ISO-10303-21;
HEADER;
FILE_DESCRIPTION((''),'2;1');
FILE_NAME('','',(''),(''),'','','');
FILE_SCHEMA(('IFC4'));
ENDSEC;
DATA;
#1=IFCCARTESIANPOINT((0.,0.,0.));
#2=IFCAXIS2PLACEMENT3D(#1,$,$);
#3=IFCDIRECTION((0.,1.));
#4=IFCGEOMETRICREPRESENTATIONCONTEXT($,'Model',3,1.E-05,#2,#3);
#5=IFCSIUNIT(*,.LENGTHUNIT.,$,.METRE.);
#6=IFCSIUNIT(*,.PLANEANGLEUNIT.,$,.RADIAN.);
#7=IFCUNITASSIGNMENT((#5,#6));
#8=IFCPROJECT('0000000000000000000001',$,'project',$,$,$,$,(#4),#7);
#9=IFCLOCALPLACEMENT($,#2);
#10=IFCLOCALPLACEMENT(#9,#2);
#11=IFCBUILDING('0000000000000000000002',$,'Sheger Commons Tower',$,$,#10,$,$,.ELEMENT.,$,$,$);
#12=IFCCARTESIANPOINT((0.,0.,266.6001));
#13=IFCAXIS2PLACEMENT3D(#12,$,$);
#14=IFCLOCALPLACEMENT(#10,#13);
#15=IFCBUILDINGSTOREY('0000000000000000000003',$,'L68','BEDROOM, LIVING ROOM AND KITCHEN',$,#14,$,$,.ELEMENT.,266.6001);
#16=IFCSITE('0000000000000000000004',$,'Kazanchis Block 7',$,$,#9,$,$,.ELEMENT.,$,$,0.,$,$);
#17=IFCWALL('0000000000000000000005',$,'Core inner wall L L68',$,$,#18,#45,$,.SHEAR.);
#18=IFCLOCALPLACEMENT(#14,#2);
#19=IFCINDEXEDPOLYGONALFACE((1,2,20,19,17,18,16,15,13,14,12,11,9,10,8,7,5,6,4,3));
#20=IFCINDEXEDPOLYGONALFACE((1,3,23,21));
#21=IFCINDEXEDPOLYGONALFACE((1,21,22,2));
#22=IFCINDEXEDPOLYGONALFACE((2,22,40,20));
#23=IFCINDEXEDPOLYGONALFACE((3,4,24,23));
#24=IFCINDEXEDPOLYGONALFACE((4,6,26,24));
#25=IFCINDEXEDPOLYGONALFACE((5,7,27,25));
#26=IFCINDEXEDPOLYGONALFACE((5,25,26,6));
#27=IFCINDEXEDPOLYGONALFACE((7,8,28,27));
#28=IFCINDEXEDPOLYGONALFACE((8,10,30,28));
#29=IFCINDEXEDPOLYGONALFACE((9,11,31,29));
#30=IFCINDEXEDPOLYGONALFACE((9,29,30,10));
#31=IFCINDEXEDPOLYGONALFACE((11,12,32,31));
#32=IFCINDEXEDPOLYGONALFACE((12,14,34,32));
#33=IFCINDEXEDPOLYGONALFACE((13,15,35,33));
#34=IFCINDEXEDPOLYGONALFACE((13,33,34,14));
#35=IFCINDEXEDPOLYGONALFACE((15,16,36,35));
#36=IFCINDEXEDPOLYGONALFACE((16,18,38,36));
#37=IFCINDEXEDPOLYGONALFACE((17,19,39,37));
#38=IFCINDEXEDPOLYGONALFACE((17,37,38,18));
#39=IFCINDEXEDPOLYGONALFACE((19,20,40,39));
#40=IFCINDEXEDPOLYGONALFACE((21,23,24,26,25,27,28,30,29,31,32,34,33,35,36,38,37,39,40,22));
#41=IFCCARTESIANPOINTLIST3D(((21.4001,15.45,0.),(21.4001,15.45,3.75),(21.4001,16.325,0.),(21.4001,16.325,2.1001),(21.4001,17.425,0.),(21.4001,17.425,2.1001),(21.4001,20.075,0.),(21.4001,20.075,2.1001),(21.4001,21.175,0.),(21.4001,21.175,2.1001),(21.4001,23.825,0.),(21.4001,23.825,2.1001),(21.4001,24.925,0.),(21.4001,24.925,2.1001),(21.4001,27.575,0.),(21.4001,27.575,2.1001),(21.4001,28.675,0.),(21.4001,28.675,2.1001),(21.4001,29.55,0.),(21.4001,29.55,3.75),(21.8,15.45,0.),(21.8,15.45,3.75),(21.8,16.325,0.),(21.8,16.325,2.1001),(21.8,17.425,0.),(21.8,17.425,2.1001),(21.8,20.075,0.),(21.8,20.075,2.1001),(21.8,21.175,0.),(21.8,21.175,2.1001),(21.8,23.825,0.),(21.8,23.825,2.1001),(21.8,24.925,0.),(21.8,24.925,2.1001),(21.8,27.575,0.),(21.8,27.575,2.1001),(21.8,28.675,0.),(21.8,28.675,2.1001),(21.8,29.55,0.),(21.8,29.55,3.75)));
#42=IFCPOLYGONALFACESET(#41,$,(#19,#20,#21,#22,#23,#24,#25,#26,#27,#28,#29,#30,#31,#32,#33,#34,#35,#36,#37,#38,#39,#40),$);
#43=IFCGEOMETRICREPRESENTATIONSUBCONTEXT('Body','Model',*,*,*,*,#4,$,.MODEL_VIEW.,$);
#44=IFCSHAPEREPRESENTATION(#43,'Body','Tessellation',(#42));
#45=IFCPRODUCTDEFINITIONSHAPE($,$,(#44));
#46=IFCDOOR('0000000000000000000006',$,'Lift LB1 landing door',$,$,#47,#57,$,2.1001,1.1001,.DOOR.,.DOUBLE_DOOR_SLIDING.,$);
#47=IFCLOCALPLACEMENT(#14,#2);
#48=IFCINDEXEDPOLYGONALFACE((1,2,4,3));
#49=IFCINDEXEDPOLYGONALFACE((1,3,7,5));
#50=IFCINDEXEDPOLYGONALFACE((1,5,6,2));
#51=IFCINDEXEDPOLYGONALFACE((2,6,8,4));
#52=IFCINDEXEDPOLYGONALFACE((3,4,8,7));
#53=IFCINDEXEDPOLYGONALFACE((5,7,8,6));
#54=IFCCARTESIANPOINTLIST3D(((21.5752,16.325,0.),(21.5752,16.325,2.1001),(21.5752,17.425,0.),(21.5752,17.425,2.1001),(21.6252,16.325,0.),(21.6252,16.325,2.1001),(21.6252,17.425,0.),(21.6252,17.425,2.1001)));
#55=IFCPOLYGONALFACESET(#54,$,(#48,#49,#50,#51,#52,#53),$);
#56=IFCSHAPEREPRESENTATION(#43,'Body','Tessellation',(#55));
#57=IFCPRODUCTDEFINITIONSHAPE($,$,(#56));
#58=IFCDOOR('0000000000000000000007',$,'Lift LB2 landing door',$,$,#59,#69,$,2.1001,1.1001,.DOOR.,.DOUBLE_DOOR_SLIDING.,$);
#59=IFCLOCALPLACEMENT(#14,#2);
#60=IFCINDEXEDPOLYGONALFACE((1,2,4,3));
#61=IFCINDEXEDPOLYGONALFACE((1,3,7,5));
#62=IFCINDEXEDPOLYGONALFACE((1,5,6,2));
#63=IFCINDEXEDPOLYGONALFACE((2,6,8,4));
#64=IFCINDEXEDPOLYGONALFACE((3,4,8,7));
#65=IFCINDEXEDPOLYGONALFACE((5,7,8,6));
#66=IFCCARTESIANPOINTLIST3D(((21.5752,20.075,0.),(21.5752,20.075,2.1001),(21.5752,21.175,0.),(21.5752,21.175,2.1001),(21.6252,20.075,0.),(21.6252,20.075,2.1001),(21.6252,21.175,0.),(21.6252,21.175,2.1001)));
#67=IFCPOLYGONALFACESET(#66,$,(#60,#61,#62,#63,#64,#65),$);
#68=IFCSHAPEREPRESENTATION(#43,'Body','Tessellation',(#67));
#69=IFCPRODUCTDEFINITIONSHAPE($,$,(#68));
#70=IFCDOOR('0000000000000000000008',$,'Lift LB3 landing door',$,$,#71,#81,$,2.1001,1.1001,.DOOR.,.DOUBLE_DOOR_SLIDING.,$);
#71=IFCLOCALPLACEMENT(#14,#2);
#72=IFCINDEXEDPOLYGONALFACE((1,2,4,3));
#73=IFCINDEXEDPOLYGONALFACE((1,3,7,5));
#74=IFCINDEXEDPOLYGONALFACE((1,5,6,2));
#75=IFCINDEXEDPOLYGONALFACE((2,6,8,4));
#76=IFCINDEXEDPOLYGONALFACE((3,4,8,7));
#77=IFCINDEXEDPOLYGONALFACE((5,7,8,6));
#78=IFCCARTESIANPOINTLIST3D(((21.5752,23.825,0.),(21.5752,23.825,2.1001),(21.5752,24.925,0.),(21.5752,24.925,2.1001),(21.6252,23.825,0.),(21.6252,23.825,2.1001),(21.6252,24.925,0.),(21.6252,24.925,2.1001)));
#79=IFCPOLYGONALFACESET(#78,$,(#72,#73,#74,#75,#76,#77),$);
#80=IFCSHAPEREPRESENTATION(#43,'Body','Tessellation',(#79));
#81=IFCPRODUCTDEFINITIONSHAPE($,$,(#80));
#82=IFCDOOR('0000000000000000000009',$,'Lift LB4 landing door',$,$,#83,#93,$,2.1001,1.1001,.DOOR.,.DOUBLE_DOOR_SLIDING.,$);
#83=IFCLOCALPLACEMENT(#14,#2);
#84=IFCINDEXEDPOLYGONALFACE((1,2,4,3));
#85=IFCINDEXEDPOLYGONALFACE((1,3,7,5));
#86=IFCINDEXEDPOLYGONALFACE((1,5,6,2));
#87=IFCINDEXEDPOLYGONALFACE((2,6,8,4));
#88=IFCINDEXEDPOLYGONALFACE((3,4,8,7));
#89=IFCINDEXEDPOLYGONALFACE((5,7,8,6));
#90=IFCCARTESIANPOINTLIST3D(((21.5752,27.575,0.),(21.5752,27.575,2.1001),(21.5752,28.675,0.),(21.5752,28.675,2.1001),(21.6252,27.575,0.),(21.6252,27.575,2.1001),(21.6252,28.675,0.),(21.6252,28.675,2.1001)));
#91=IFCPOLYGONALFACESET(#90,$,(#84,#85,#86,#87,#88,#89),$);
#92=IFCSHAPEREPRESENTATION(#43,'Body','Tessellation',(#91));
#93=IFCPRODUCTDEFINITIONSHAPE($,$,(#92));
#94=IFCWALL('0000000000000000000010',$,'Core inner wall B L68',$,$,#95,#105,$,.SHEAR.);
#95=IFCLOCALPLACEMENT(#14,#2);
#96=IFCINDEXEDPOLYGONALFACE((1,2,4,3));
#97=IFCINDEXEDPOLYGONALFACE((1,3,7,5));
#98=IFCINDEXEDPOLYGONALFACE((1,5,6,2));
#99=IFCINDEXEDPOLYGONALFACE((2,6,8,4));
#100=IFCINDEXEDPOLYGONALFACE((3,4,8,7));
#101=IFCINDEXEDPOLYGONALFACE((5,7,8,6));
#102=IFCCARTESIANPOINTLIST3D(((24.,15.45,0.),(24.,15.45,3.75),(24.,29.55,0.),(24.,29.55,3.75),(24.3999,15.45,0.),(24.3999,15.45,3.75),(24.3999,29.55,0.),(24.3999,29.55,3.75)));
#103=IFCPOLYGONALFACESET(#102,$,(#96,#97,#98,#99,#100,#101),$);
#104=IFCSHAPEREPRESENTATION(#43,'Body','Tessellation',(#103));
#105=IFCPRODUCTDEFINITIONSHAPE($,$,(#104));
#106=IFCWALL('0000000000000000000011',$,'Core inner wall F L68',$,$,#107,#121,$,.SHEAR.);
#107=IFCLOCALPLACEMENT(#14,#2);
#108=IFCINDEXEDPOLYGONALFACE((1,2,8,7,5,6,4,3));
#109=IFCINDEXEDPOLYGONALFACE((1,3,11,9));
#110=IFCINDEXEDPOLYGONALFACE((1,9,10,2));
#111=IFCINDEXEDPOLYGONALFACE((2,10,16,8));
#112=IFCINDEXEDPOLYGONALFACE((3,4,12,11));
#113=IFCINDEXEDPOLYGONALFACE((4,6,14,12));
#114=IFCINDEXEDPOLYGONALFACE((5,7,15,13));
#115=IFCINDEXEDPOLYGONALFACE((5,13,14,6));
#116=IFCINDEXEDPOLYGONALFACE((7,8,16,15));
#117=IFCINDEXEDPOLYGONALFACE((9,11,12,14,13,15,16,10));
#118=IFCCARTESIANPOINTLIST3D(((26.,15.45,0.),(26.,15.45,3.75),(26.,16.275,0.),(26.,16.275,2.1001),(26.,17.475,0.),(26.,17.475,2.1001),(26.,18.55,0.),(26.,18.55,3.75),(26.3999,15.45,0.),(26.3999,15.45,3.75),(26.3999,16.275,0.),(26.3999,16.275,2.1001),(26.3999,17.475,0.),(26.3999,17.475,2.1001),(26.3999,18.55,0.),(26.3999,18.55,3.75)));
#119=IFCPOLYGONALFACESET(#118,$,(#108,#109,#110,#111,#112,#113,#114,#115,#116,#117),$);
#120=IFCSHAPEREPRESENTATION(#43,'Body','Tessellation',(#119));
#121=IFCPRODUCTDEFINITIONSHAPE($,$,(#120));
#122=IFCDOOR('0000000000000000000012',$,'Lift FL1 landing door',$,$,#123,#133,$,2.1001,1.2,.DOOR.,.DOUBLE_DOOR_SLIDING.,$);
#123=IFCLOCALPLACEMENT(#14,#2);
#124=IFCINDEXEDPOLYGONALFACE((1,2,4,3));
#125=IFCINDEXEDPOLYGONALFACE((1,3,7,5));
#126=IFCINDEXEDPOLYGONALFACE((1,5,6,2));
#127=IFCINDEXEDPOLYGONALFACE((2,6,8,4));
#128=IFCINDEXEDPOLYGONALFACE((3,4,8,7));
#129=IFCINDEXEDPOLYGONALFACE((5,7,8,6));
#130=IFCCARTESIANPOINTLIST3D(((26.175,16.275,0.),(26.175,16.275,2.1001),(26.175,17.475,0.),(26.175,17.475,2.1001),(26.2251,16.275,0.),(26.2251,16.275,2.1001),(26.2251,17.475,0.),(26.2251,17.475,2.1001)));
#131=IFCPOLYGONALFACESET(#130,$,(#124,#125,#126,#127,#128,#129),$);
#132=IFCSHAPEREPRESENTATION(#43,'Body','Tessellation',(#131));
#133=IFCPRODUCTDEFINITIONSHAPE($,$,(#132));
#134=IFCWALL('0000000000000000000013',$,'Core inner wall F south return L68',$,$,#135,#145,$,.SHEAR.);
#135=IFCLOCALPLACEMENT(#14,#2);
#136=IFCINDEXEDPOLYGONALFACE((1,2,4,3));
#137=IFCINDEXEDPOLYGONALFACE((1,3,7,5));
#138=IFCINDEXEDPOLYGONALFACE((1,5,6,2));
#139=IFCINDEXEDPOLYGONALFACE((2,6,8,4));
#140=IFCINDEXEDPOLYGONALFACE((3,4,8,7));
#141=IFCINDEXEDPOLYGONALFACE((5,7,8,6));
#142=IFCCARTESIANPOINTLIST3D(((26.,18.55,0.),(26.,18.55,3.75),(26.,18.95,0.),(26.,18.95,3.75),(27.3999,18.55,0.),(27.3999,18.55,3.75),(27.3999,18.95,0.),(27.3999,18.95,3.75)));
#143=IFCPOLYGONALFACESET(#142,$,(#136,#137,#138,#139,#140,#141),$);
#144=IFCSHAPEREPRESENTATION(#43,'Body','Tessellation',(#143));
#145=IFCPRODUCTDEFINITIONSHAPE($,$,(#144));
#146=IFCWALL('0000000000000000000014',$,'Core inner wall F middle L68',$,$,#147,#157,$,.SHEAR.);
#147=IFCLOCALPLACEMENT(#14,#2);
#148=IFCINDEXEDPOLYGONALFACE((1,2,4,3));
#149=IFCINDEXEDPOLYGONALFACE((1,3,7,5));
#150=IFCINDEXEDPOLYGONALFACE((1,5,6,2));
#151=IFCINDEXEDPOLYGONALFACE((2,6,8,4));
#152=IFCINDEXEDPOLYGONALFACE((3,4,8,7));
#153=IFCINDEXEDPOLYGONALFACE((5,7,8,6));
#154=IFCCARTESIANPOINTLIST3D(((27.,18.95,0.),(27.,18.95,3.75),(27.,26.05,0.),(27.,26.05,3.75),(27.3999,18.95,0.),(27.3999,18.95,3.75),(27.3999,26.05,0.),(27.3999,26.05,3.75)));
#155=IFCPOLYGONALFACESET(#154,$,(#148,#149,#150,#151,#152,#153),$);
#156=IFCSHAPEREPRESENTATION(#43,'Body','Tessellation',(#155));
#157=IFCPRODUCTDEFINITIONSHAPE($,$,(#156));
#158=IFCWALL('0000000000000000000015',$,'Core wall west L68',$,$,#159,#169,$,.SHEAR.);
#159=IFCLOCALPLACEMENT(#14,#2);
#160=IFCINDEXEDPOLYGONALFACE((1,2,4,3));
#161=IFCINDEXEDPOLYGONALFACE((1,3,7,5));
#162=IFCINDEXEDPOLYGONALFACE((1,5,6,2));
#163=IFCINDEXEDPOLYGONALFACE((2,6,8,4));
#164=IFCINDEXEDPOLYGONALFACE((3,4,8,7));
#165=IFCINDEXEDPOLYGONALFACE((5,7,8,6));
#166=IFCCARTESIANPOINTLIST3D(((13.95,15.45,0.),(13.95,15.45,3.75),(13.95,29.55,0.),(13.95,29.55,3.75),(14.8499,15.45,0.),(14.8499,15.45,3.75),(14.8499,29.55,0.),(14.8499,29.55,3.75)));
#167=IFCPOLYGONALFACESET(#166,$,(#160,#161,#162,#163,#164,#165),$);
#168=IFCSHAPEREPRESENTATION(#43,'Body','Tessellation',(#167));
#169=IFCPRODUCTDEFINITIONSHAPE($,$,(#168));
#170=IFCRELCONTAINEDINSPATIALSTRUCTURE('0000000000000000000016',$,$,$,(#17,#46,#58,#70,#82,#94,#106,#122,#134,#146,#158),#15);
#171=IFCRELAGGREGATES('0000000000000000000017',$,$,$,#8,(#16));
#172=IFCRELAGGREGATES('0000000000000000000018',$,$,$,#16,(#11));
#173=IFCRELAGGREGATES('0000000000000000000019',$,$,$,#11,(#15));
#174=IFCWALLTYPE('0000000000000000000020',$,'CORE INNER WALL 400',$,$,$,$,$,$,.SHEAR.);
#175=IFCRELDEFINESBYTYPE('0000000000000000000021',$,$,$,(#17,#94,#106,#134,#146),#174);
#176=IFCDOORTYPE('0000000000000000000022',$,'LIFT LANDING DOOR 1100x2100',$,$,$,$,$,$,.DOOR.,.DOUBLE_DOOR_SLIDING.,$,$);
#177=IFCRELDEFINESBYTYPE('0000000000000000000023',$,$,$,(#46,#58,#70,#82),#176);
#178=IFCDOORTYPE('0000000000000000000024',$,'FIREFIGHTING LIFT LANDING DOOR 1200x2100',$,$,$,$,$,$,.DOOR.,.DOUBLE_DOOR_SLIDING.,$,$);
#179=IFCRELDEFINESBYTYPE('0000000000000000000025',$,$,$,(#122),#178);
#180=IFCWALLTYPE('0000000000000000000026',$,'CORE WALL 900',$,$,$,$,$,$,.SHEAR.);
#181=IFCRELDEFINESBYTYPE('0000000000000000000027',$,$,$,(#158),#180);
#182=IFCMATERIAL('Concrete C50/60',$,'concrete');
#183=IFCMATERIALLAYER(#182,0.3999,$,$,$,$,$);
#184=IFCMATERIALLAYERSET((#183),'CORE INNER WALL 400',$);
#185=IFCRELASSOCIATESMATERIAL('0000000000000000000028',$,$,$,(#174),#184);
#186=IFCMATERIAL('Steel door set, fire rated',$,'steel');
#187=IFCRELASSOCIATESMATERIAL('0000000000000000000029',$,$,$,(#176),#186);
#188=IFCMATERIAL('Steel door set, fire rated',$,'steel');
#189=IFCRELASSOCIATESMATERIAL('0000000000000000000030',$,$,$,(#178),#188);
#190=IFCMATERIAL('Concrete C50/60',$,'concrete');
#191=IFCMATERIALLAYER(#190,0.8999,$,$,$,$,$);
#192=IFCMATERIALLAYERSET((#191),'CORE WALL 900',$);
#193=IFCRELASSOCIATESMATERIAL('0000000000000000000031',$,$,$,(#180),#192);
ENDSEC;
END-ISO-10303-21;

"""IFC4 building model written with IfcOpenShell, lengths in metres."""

from ifc_helpers import new_model, si_unit, direction, frame, frame_2d, origin, place, context, subcontext, project, spatial, rectangle, extrude, material, layer, layer_set, type_object, element, fill, save


model = new_model("IFC4")

# Units and contexts
model_context = context("Model", 3, precision=1e-05, world=origin(), true_north=direction((0.0, 1.0)))
body_context = subcontext(model_context, "Body", "Model", "MODEL_VIEW")
ifc_project = project(units=[si_unit("LENGTHUNIT", "METRE"), si_unit("PLANEANGLEUNIT", "RADIAN")], contexts=[model_context])

# Site, building, storey
site_placement = place(None, origin())
site = spatial("IfcSite", under=ifc_project, at=site_placement, Name="Kazanchis Block 7", CompositionType="ELEMENT", RefElevation=0.0)
building_placement = place(site_placement, origin())
building = spatial("IfcBuilding", under=site, at=building_placement, Name="Sheger Commons Tower", CompositionType="ELEMENT")
storey_placement = place(building_placement, frame((0.0, 0.0, 266.6001)))
storey = spatial("IfcBuildingStorey", under=building, at=storey_placement, Name="L68", Description="BEDROOM, LIVING ROOM AND KITCHEN", CompositionType="ELEMENT", Elevation=266.6001)

# Wall, openings, doors
ifc_material_1 = material(Name="Concrete C50/60", Category="concrete")
ifc_layer_1 = layer(ifc_material_1, 0.3999)
ifc_layer_set_1 = layer_set([ifc_layer_1], Name="CORE INNER WALL 400")
wall_type_1 = type_object("IfcWallType", Name="CORE INNER WALL 400", PredefinedType="SHEAR", material=ifc_layer_set_1)
wall_1_placement = place(storey_placement, frame((21.6001, 15.45, 0.0), z_axis=(0.0, 0.0, 1.0), x_axis=(0.0, 1.0, 0.0)))
wall_1 = element("IfcWall", 1, at=wall_1_placement, inside=storey, type_object=wall_type_1, Name="Core inner wall L L68", PredefinedType="SHEAR", context=body_context, shape_type="SweptSolid", body=[
    extrude(rectangle(XDim=14.1001, YDim=0.3999, at=frame_2d((7.05, 0.0))), origin(), (0.0, 0.0, 1.0), 3.75),
])
opening_1_placement = place(wall_1_placement, frame((0.875, 0.0, 0.0)))
opening_1 = element("IfcOpeningElement", 2, at=opening_1_placement, cuts=wall_1, PredefinedType="OPENING", context=body_context, shape_type="SweptSolid", body=[
    extrude(rectangle(XDim=1.1001, YDim=2.1001, at=frame_2d((0.55, 1.05))), frame((0.0, 0.21, 0.0), z_axis=(0.0, -1.0, 0.0), x_axis=(1.0, 0.0, 0.0)), (0.0, 0.0, 1.0), 0.4199),
])
opening_2_placement = place(wall_1_placement, frame((4.625, 0.0, 0.0)))
opening_2 = element("IfcOpeningElement", 3, at=opening_2_placement, cuts=wall_1, PredefinedType="OPENING", context=body_context, shape_type="SweptSolid", body=[
    extrude(rectangle(XDim=1.1001, YDim=2.1001, at=frame_2d((0.55, 1.05))), frame((0.0, 0.21, 0.0), z_axis=(0.0, -1.0, 0.0), x_axis=(1.0, 0.0, 0.0)), (0.0, 0.0, 1.0), 0.4199),
])
opening_3_placement = place(wall_1_placement, frame((8.375, 0.0, 0.0)))
opening_3 = element("IfcOpeningElement", 4, at=opening_3_placement, cuts=wall_1, PredefinedType="OPENING", context=body_context, shape_type="SweptSolid", body=[
    extrude(rectangle(XDim=1.1001, YDim=2.1001, at=frame_2d((0.55, 1.05))), frame((0.0, 0.21, 0.0), z_axis=(0.0, -1.0, 0.0), x_axis=(1.0, 0.0, 0.0)), (0.0, 0.0, 1.0), 0.4199),
])
opening_4_placement = place(wall_1_placement, frame((12.125, 0.0, 0.0)))
opening_4 = element("IfcOpeningElement", 5, at=opening_4_placement, cuts=wall_1, PredefinedType="OPENING", context=body_context, shape_type="SweptSolid", body=[
    extrude(rectangle(XDim=1.1001, YDim=2.1001, at=frame_2d((0.55, 1.05))), frame((0.0, 0.21, 0.0), z_axis=(0.0, -1.0, 0.0), x_axis=(1.0, 0.0, 0.0)), (0.0, 0.0, 1.0), 0.4199),
])
ifc_material_2 = material(Name="Steel door set, fire rated", Category="steel")
door_type_1 = type_object("IfcDoorType", Name="LIFT LANDING DOOR 1100x2100", OperationType="DOUBLE_DOOR_SLIDING", PredefinedType="DOOR", material=ifc_material_2)
door_1_placement = place(opening_1_placement, origin())
door_1 = element("IfcDoor", 6, at=door_1_placement, inside=storey, type_object=door_type_1, Name="Lift LB1 landing door", OperationType="DOUBLE_DOOR_SLIDING", OverallHeight=2.1001, OverallWidth=1.1001, PredefinedType="DOOR", context=body_context, shape_type="SweptSolid", body=[
    extrude(rectangle(XDim=1.1001, YDim=2.1001, at=frame_2d((0.55, 1.05))), frame((0.0, 0.0249, 0.0), z_axis=(0.0, -1.0, 0.0), x_axis=(1.0, 0.0, 0.0)), (0.0, 0.0, 1.0), 0.05),
])
fill(opening_1, door_1)
door_2_placement = place(opening_2_placement, origin())
door_2 = element("IfcDoor", 7, at=door_2_placement, inside=storey, type_object=door_type_1, Name="Lift LB2 landing door", OperationType="DOUBLE_DOOR_SLIDING", OverallHeight=2.1001, OverallWidth=1.1001, PredefinedType="DOOR", context=body_context, shape_type="SweptSolid", body=[
    extrude(rectangle(XDim=1.1001, YDim=2.1001, at=frame_2d((0.55, 1.05))), frame((0.0, 0.0249, 0.0), z_axis=(0.0, -1.0, 0.0), x_axis=(1.0, 0.0, 0.0)), (0.0, 0.0, 1.0), 0.05),
])
fill(opening_2, door_2)
door_3_placement = place(opening_3_placement, origin())
door_3 = element("IfcDoor", 8, at=door_3_placement, inside=storey, type_object=door_type_1, Name="Lift LB3 landing door", OperationType="DOUBLE_DOOR_SLIDING", OverallHeight=2.1001, OverallWidth=1.1001, PredefinedType="DOOR", context=body_context, shape_type="SweptSolid", body=[
    extrude(rectangle(XDim=1.1001, YDim=2.1001, at=frame_2d((0.55, 1.05))), frame((0.0, 0.0249, 0.0), z_axis=(0.0, -1.0, 0.0), x_axis=(1.0, 0.0, 0.0)), (0.0, 0.0, 1.0), 0.05),
])
fill(opening_3, door_3)
door_4_placement = place(opening_4_placement, origin())
door_4 = element("IfcDoor", 9, at=door_4_placement, inside=storey, type_object=door_type_1, Name="Lift LB4 landing door", OperationType="DOUBLE_DOOR_SLIDING", OverallHeight=2.1001, OverallWidth=1.1001, PredefinedType="DOOR", context=body_context, shape_type="SweptSolid", body=[
    extrude(rectangle(XDim=1.1001, YDim=2.1001, at=frame_2d((0.55, 1.05))), frame((0.0, 0.0249, 0.0), z_axis=(0.0, -1.0, 0.0), x_axis=(1.0, 0.0, 0.0)), (0.0, 0.0, 1.0), 0.05),
])
fill(opening_4, door_4)

# Wall
wall_2_placement = place(storey_placement, frame((24.2, 15.45, 0.0), z_axis=(0.0, 0.0, 1.0), x_axis=(0.0, 1.0, 0.0)))
element("IfcWall", 10, at=wall_2_placement, inside=storey, type_object=wall_type_1, Name="Core inner wall B L68", PredefinedType="SHEAR", context=body_context, shape_type="SweptSolid", body=[
    extrude(rectangle(XDim=14.1001, YDim=0.3999, at=frame_2d((7.05, 0.0))), origin(), (0.0, 0.0, 1.0), 3.75),
])

# Wall, opening, door
wall_3_placement = place(storey_placement, frame((26.2, 15.45, 0.0), z_axis=(0.0, 0.0, 1.0), x_axis=(0.0, 1.0, 0.0)))
wall_3 = element("IfcWall", 11, at=wall_3_placement, inside=storey, type_object=wall_type_1, Name="Core inner wall F L68", PredefinedType="SHEAR", context=body_context, shape_type="SweptSolid", body=[
    extrude(rectangle(XDim=3.1001, YDim=0.3999, at=frame_2d((1.55, 0.0))), origin(), (0.0, 0.0, 1.0), 3.75),
])
opening_5_placement = place(wall_3_placement, frame((0.825, 0.0, 0.0)))
opening_5 = element("IfcOpeningElement", 12, at=opening_5_placement, cuts=wall_3, PredefinedType="OPENING", context=body_context, shape_type="SweptSolid", body=[
    extrude(rectangle(XDim=1.2, YDim=2.1001, at=frame_2d((0.6001, 1.05))), frame((0.0, 0.21, 0.0), z_axis=(0.0, -1.0, 0.0), x_axis=(1.0, 0.0, 0.0)), (0.0, 0.0, 1.0), 0.4199),
])
ifc_material_3 = material(Name="Steel door set, fire rated", Category="steel")
door_type_2 = type_object("IfcDoorType", Name="FIREFIGHTING LIFT LANDING DOOR 1200x2100", OperationType="DOUBLE_DOOR_SLIDING", PredefinedType="DOOR", material=ifc_material_3)
door_5_placement = place(opening_5_placement, origin())
door_5 = element("IfcDoor", 13, at=door_5_placement, inside=storey, type_object=door_type_2, Name="Lift FL1 landing door", OperationType="DOUBLE_DOOR_SLIDING", OverallHeight=2.1001, OverallWidth=1.2, PredefinedType="DOOR", context=body_context, shape_type="SweptSolid", body=[
    extrude(rectangle(XDim=1.2, YDim=2.1001, at=frame_2d((0.6001, 1.05))), frame((0.0, 0.0249, 0.0), z_axis=(0.0, -1.0, 0.0), x_axis=(1.0, 0.0, 0.0)), (0.0, 0.0, 1.0), 0.05),
])
fill(opening_5, door_5)

# Walls
wall_4_placement = place(storey_placement, frame((26.0, 18.75, 0.0), z_axis=(0.0, 0.0, 1.0), x_axis=(1.0, 0.0, 0.0)))
element("IfcWall", 14, at=wall_4_placement, inside=storey, type_object=wall_type_1, Name="Core inner wall F south return L68", PredefinedType="SHEAR", context=body_context, shape_type="SweptSolid", body=[
    extrude(rectangle(XDim=1.3999, YDim=0.3999, at=frame_2d((0.7, 0.0))), origin(), (0.0, 0.0, 1.0), 3.75),
])
wall_5_placement = place(storey_placement, frame((27.2, 18.95, 0.0), z_axis=(0.0, 0.0, 1.0), x_axis=(0.0, 1.0, 0.0)))
element("IfcWall", 15, at=wall_5_placement, inside=storey, type_object=wall_type_1, Name="Core inner wall F middle L68", PredefinedType="SHEAR", context=body_context, shape_type="SweptSolid", body=[
    extrude(rectangle(XDim=7.1001, YDim=0.3999, at=frame_2d((3.55, 0.0))), origin(), (0.0, 0.0, 1.0), 3.75),
])
ifc_material_4 = material(Name="Concrete C50/60", Category="concrete")
ifc_layer_2 = layer(ifc_material_4, 0.8999)
ifc_layer_set_2 = layer_set([ifc_layer_2], Name="CORE WALL 900")
wall_type_2 = type_object("IfcWallType", Name="CORE WALL 900", PredefinedType="SHEAR", material=ifc_layer_set_2)
for number, where, z_axis, x_axis, name in (
    (16, (14.3999, 15.45, 0.0), (0.0, 0.0, 1.0), (0.0, 1.0, 0.0), "Core wall west L68"),
):
    element("IfcWall", number, at=place(storey_placement, frame(where, z_axis=z_axis, x_axis=x_axis)), inside=storey, type_object=wall_type_2, Name=name, PredefinedType="SHEAR", context=body_context, shape_type="SweptSolid", body=[
        extrude(rectangle(XDim=14.1001, YDim=0.8999, at=frame_2d((7.05, 0.0))), origin(), (0.0, 0.0, 1.0), 3.75),
    ])

save(model, "model.ifc")
